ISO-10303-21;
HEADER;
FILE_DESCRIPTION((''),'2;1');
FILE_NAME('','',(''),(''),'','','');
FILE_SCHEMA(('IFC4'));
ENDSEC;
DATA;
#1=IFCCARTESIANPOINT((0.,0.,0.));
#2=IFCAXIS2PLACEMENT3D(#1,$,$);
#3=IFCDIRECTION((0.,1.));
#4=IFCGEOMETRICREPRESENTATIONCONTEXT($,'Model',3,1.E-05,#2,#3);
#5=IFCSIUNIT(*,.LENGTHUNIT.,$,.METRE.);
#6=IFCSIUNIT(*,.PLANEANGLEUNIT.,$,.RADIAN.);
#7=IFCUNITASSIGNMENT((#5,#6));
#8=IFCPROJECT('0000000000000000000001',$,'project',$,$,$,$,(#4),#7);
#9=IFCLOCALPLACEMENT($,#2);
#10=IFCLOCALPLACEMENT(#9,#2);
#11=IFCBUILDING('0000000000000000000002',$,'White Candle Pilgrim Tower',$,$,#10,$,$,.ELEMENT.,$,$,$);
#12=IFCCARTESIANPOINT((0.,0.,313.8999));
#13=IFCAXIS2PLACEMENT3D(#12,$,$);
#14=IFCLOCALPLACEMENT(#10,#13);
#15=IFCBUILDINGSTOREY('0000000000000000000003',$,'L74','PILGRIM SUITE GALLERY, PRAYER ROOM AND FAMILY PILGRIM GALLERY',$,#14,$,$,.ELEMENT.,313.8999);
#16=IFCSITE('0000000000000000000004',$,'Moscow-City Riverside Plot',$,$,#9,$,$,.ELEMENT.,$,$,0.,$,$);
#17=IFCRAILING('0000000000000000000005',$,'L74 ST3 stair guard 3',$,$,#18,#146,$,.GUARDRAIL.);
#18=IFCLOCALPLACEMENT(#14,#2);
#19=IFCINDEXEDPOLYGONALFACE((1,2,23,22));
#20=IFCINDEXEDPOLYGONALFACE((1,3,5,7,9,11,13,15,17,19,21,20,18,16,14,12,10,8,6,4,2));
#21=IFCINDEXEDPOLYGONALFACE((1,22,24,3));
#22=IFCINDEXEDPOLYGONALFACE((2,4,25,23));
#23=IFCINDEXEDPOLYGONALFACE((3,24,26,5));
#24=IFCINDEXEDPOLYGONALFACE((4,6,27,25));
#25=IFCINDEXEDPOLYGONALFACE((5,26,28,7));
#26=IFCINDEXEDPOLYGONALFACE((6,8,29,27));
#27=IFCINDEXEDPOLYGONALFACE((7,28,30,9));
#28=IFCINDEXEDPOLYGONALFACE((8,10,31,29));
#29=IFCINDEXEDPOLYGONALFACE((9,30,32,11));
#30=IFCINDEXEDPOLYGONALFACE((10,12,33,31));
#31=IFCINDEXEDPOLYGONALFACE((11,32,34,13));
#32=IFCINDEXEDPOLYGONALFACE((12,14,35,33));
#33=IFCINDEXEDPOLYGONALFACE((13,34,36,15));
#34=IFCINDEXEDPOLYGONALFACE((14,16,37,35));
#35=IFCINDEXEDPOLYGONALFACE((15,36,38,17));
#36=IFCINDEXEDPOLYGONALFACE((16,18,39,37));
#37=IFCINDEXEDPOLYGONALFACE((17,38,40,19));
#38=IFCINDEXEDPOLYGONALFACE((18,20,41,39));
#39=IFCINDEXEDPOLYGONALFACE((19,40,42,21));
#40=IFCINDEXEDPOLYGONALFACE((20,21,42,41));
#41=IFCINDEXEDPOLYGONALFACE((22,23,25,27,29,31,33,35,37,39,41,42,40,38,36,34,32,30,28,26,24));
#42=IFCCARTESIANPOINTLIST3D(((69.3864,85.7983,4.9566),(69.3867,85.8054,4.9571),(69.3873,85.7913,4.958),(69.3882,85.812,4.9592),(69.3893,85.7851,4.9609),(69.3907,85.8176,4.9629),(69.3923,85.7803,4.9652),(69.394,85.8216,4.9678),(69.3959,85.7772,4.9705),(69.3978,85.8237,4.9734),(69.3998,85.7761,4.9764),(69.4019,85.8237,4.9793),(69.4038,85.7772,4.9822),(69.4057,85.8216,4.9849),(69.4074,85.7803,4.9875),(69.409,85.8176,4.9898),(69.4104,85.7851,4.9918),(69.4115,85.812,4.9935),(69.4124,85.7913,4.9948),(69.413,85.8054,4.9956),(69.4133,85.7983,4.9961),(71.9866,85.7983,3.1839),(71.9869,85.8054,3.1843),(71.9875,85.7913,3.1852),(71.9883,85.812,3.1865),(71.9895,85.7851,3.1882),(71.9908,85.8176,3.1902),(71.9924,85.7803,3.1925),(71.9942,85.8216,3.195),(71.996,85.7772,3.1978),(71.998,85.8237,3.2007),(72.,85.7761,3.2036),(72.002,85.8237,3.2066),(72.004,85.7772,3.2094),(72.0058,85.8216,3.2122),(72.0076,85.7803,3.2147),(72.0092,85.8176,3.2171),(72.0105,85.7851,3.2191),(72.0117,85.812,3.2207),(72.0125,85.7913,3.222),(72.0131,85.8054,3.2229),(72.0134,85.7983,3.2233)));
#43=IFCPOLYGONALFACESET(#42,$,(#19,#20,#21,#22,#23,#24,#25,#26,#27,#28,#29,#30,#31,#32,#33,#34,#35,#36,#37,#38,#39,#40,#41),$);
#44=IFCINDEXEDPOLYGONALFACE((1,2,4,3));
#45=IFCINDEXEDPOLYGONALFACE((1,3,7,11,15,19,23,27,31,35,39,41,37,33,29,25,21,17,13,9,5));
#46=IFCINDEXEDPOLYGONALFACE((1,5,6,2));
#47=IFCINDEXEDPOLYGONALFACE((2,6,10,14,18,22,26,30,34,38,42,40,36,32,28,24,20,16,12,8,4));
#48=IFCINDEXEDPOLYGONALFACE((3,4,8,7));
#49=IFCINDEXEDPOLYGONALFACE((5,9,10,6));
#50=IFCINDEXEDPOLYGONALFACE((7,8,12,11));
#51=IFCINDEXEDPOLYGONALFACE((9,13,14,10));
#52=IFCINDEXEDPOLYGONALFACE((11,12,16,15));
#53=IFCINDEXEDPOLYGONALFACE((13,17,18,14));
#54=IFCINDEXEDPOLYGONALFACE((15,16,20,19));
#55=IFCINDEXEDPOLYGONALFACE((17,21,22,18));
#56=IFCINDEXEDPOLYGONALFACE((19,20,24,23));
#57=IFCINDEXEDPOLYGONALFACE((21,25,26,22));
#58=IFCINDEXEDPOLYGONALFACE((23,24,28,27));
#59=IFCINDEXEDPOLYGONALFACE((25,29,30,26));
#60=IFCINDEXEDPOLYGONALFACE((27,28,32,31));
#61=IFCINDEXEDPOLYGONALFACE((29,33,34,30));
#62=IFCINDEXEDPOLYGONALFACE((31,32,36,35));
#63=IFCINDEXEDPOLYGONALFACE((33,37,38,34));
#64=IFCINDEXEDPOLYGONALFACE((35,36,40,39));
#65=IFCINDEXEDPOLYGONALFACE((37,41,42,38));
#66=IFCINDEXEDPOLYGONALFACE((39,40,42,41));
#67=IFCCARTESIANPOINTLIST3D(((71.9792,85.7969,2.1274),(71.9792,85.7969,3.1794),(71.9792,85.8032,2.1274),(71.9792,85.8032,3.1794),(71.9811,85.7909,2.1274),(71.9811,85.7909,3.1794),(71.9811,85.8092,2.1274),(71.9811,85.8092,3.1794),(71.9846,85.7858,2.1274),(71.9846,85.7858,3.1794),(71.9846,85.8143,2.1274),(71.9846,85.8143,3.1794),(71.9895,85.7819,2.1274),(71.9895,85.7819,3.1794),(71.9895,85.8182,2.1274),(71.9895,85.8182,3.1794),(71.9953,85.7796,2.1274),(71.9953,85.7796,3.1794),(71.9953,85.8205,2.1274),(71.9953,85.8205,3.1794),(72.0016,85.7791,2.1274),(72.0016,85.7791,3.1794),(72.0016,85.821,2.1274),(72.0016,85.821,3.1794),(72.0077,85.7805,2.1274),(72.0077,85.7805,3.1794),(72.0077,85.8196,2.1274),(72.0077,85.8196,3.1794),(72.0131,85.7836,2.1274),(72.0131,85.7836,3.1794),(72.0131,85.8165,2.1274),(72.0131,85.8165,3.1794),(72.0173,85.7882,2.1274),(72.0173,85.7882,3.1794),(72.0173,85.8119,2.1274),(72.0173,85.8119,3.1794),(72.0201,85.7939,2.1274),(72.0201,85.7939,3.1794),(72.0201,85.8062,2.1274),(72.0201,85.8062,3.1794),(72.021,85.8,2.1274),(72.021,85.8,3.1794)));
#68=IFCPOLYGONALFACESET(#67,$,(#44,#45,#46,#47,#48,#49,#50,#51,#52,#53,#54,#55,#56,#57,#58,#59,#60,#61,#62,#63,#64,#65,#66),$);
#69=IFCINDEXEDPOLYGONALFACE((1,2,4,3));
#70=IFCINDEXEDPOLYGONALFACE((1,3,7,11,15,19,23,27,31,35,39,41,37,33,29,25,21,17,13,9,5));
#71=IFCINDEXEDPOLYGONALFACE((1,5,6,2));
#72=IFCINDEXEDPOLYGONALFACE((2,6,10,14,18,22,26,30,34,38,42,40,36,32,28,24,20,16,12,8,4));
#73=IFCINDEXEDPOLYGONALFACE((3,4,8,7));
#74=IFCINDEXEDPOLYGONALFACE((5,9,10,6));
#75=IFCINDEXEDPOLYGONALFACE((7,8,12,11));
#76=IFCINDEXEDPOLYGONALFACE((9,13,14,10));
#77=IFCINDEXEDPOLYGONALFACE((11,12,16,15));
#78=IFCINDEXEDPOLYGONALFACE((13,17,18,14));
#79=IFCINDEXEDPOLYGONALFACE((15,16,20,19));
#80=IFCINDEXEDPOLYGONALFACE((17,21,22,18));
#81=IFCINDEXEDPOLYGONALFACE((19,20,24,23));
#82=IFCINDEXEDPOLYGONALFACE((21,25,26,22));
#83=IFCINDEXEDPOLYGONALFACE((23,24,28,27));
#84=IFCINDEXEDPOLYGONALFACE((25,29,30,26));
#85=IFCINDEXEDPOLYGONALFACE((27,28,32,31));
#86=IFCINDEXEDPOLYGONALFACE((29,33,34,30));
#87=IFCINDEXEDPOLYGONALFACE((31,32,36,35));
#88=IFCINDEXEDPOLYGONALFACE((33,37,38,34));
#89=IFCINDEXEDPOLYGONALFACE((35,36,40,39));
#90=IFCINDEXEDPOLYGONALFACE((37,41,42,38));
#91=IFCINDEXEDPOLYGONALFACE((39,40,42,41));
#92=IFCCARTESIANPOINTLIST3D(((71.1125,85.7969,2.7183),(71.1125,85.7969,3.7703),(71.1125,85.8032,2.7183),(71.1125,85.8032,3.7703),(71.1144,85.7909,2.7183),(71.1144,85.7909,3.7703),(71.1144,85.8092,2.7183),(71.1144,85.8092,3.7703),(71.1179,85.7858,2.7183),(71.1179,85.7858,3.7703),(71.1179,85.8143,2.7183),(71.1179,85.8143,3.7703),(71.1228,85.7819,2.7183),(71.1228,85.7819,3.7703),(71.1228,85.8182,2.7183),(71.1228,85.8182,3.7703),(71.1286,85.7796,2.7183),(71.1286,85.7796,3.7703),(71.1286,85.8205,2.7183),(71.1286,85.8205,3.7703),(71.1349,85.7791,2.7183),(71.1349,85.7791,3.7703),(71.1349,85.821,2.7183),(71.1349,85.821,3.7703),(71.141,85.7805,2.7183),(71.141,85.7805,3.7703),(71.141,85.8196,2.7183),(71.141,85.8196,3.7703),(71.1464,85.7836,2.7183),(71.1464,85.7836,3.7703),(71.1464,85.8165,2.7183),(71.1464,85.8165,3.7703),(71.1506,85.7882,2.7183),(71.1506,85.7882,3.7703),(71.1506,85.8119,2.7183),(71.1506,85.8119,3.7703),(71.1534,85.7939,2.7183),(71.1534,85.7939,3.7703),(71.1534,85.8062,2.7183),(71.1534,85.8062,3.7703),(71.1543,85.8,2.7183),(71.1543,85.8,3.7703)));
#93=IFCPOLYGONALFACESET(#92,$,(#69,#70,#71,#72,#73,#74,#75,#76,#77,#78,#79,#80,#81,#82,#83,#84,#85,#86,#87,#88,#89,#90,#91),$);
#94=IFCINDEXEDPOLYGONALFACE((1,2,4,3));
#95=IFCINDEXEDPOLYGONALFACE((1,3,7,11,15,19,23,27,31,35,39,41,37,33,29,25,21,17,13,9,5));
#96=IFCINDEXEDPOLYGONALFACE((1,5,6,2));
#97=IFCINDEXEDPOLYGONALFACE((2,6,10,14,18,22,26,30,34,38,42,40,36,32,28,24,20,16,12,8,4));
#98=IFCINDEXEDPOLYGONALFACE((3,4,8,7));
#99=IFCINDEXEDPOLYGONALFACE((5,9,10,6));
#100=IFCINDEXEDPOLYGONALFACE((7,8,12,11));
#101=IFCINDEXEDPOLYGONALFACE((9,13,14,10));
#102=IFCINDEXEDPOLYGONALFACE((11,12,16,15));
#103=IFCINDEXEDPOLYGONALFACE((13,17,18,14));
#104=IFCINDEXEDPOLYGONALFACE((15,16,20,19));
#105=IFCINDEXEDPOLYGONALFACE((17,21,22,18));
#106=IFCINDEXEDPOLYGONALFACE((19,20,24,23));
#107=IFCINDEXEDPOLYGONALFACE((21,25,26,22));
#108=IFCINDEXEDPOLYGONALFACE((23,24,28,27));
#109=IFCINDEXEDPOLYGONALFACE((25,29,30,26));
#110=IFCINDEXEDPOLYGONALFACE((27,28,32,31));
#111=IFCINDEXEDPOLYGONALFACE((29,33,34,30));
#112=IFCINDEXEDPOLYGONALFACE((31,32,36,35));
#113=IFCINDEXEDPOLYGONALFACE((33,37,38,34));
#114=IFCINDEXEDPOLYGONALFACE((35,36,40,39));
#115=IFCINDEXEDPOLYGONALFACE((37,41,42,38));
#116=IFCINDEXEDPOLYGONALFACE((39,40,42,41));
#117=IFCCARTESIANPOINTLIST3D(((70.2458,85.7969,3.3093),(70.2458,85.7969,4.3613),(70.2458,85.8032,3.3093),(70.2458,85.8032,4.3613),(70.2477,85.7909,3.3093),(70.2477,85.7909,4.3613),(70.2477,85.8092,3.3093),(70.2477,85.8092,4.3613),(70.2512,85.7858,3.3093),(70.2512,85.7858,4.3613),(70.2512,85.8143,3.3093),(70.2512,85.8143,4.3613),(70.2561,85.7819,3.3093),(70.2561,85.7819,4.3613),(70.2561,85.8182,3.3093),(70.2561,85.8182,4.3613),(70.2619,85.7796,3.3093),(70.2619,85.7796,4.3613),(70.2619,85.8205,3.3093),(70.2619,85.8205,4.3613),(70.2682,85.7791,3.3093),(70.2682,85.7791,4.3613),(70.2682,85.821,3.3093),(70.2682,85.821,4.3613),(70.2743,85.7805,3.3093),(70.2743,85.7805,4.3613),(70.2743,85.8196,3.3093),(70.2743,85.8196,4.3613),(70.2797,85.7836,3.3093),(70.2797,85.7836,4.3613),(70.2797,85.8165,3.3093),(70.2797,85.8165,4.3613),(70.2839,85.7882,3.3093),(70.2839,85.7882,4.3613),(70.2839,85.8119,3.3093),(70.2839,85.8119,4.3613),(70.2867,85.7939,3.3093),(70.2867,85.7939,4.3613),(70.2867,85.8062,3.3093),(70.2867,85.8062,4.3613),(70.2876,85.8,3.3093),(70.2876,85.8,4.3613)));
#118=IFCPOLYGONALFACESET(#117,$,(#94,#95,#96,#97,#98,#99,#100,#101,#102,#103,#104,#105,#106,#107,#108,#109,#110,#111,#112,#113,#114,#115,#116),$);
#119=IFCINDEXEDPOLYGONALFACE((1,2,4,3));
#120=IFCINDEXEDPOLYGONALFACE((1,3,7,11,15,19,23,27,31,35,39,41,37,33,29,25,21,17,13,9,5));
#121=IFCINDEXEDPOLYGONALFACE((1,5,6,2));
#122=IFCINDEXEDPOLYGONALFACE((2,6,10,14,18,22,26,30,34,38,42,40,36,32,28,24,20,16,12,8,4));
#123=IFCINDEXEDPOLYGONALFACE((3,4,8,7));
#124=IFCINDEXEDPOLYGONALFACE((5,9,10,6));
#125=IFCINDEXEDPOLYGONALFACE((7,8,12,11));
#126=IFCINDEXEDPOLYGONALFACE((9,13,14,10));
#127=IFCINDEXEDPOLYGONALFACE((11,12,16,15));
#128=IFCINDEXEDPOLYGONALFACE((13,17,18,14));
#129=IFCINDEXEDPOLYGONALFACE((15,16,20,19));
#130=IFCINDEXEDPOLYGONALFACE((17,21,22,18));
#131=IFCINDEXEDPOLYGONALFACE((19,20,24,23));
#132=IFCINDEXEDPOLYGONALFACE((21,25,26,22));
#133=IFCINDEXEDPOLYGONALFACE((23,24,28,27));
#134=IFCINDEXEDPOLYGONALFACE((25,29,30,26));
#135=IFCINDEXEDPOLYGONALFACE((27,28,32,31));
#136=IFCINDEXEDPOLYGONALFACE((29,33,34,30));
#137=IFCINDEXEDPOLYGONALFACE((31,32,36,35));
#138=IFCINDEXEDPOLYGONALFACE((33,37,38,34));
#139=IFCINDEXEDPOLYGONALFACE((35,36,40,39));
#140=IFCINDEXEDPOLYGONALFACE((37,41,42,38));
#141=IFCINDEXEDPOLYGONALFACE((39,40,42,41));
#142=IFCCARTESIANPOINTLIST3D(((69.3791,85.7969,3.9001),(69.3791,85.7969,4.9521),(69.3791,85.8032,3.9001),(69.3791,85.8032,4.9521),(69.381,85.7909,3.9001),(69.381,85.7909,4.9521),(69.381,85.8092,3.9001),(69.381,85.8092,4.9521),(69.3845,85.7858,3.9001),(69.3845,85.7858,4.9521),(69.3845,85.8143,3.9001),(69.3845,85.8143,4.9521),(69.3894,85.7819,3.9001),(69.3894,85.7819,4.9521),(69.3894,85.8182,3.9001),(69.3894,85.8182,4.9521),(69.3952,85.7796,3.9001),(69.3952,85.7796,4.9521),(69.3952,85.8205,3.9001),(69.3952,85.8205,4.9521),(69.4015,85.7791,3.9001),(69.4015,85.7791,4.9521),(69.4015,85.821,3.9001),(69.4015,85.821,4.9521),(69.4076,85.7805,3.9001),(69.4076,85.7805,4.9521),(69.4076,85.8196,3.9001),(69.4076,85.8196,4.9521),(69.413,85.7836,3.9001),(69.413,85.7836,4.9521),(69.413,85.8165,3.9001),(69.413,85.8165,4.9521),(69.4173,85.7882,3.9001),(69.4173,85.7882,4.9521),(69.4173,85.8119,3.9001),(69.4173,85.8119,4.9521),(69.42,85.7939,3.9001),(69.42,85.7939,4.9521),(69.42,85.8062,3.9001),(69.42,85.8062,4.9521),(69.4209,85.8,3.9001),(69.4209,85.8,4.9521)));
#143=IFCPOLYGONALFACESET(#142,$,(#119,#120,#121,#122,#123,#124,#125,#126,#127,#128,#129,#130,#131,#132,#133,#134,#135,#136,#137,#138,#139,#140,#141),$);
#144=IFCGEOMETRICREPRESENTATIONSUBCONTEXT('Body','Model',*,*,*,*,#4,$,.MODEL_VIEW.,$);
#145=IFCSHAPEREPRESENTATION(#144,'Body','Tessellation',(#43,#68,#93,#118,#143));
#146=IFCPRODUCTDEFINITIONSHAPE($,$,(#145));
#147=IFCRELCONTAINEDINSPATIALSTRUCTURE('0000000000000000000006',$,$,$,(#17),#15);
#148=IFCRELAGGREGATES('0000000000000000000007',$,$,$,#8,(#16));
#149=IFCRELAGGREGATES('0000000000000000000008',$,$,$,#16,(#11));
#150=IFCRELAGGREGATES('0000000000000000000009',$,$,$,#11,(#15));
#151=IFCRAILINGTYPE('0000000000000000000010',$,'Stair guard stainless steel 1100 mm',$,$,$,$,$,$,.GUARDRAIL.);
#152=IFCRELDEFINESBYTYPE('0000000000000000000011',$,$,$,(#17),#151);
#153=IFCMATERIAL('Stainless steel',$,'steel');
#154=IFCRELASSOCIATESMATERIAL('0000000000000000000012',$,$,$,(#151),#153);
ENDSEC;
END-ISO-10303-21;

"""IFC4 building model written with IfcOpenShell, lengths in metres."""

from ifc_helpers import new_model, si_unit, direction, frame, origin, origin_2d, place, context, subcontext, project, spatial, circle, extrude, material, type_object, element, save


model = new_model("IFC4")

# Units and contexts
model_context = context("Model", 3, precision=1e-05, world=origin(), true_north=direction((0.0, 1.0)))
body_context = subcontext(model_context, "Body", "Model", "MODEL_VIEW")
ifc_project = project(units=[si_unit("LENGTHUNIT", "METRE"), si_unit("PLANEANGLEUNIT", "RADIAN")], contexts=[model_context])

# Site, building, storey
site_placement = place(None, origin())
site = spatial("IfcSite", under=ifc_project, at=site_placement, Name="Moscow-City Riverside Plot", CompositionType="ELEMENT", RefElevation=0.0)
building_placement = place(site_placement, origin())
building = spatial("IfcBuilding", under=site, at=building_placement, Name="White Candle Pilgrim Tower", CompositionType="ELEMENT")
storey_placement = place(building_placement, frame((0.0, 0.0, 313.8999)))
storey = spatial("IfcBuildingStorey", under=building, at=storey_placement, Name="L74", Description="PILGRIM SUITE GALLERY, PRAYER ROOM AND FAMILY PILGRIM GALLERY", CompositionType="ELEMENT", Elevation=313.8999)

# Railing
ifc_material_1 = material(Name="Stainless steel", Category="steel")
railing_type_1 = type_object("IfcRailingType", Name="Stair guard stainless steel 1100 mm", PredefinedType="GUARDRAIL", material=ifc_material_1)
railing_1_placement = place(storey_placement, frame((72.0, 85.8, 2.1274)))
element("IfcRailing", 1, at=railing_1_placement, inside=storey, type_object=railing_type_1, Name="L74 ST3 stair guard 3", PredefinedType="GUARDRAIL", context=body_context, shape_type="SweptSolid", body=[
    extrude(circle(Radius=0.0239, at=origin_2d()), frame((0.0, 0.0, 1.0762), z_axis=(-0.82624, 0.0, 0.563318), x_axis=(0.0, -1.0, 0.0)), (0.0, 0.0, 1.0), 3.147),
    extrude(circle(Radius=0.021, at=origin_2d()), origin(), (0.0, 0.0, 1.0), 1.052),
    extrude(circle(Radius=0.021, at=origin_2d()), frame((-0.8667, 0.0, 0.5908)), (0.0, 0.0, 1.0), 1.052),
    extrude(circle(Radius=0.021, at=origin_2d()), frame((-1.7334, 0.0, 1.1819)), (0.0, 0.0, 1.0), 1.052),
    extrude(circle(Radius=0.021, at=origin_2d()), frame((-2.6001, 0.0, 1.7727)), (0.0, 0.0, 1.0), 1.052),
])

save(model, "model.ifc")
